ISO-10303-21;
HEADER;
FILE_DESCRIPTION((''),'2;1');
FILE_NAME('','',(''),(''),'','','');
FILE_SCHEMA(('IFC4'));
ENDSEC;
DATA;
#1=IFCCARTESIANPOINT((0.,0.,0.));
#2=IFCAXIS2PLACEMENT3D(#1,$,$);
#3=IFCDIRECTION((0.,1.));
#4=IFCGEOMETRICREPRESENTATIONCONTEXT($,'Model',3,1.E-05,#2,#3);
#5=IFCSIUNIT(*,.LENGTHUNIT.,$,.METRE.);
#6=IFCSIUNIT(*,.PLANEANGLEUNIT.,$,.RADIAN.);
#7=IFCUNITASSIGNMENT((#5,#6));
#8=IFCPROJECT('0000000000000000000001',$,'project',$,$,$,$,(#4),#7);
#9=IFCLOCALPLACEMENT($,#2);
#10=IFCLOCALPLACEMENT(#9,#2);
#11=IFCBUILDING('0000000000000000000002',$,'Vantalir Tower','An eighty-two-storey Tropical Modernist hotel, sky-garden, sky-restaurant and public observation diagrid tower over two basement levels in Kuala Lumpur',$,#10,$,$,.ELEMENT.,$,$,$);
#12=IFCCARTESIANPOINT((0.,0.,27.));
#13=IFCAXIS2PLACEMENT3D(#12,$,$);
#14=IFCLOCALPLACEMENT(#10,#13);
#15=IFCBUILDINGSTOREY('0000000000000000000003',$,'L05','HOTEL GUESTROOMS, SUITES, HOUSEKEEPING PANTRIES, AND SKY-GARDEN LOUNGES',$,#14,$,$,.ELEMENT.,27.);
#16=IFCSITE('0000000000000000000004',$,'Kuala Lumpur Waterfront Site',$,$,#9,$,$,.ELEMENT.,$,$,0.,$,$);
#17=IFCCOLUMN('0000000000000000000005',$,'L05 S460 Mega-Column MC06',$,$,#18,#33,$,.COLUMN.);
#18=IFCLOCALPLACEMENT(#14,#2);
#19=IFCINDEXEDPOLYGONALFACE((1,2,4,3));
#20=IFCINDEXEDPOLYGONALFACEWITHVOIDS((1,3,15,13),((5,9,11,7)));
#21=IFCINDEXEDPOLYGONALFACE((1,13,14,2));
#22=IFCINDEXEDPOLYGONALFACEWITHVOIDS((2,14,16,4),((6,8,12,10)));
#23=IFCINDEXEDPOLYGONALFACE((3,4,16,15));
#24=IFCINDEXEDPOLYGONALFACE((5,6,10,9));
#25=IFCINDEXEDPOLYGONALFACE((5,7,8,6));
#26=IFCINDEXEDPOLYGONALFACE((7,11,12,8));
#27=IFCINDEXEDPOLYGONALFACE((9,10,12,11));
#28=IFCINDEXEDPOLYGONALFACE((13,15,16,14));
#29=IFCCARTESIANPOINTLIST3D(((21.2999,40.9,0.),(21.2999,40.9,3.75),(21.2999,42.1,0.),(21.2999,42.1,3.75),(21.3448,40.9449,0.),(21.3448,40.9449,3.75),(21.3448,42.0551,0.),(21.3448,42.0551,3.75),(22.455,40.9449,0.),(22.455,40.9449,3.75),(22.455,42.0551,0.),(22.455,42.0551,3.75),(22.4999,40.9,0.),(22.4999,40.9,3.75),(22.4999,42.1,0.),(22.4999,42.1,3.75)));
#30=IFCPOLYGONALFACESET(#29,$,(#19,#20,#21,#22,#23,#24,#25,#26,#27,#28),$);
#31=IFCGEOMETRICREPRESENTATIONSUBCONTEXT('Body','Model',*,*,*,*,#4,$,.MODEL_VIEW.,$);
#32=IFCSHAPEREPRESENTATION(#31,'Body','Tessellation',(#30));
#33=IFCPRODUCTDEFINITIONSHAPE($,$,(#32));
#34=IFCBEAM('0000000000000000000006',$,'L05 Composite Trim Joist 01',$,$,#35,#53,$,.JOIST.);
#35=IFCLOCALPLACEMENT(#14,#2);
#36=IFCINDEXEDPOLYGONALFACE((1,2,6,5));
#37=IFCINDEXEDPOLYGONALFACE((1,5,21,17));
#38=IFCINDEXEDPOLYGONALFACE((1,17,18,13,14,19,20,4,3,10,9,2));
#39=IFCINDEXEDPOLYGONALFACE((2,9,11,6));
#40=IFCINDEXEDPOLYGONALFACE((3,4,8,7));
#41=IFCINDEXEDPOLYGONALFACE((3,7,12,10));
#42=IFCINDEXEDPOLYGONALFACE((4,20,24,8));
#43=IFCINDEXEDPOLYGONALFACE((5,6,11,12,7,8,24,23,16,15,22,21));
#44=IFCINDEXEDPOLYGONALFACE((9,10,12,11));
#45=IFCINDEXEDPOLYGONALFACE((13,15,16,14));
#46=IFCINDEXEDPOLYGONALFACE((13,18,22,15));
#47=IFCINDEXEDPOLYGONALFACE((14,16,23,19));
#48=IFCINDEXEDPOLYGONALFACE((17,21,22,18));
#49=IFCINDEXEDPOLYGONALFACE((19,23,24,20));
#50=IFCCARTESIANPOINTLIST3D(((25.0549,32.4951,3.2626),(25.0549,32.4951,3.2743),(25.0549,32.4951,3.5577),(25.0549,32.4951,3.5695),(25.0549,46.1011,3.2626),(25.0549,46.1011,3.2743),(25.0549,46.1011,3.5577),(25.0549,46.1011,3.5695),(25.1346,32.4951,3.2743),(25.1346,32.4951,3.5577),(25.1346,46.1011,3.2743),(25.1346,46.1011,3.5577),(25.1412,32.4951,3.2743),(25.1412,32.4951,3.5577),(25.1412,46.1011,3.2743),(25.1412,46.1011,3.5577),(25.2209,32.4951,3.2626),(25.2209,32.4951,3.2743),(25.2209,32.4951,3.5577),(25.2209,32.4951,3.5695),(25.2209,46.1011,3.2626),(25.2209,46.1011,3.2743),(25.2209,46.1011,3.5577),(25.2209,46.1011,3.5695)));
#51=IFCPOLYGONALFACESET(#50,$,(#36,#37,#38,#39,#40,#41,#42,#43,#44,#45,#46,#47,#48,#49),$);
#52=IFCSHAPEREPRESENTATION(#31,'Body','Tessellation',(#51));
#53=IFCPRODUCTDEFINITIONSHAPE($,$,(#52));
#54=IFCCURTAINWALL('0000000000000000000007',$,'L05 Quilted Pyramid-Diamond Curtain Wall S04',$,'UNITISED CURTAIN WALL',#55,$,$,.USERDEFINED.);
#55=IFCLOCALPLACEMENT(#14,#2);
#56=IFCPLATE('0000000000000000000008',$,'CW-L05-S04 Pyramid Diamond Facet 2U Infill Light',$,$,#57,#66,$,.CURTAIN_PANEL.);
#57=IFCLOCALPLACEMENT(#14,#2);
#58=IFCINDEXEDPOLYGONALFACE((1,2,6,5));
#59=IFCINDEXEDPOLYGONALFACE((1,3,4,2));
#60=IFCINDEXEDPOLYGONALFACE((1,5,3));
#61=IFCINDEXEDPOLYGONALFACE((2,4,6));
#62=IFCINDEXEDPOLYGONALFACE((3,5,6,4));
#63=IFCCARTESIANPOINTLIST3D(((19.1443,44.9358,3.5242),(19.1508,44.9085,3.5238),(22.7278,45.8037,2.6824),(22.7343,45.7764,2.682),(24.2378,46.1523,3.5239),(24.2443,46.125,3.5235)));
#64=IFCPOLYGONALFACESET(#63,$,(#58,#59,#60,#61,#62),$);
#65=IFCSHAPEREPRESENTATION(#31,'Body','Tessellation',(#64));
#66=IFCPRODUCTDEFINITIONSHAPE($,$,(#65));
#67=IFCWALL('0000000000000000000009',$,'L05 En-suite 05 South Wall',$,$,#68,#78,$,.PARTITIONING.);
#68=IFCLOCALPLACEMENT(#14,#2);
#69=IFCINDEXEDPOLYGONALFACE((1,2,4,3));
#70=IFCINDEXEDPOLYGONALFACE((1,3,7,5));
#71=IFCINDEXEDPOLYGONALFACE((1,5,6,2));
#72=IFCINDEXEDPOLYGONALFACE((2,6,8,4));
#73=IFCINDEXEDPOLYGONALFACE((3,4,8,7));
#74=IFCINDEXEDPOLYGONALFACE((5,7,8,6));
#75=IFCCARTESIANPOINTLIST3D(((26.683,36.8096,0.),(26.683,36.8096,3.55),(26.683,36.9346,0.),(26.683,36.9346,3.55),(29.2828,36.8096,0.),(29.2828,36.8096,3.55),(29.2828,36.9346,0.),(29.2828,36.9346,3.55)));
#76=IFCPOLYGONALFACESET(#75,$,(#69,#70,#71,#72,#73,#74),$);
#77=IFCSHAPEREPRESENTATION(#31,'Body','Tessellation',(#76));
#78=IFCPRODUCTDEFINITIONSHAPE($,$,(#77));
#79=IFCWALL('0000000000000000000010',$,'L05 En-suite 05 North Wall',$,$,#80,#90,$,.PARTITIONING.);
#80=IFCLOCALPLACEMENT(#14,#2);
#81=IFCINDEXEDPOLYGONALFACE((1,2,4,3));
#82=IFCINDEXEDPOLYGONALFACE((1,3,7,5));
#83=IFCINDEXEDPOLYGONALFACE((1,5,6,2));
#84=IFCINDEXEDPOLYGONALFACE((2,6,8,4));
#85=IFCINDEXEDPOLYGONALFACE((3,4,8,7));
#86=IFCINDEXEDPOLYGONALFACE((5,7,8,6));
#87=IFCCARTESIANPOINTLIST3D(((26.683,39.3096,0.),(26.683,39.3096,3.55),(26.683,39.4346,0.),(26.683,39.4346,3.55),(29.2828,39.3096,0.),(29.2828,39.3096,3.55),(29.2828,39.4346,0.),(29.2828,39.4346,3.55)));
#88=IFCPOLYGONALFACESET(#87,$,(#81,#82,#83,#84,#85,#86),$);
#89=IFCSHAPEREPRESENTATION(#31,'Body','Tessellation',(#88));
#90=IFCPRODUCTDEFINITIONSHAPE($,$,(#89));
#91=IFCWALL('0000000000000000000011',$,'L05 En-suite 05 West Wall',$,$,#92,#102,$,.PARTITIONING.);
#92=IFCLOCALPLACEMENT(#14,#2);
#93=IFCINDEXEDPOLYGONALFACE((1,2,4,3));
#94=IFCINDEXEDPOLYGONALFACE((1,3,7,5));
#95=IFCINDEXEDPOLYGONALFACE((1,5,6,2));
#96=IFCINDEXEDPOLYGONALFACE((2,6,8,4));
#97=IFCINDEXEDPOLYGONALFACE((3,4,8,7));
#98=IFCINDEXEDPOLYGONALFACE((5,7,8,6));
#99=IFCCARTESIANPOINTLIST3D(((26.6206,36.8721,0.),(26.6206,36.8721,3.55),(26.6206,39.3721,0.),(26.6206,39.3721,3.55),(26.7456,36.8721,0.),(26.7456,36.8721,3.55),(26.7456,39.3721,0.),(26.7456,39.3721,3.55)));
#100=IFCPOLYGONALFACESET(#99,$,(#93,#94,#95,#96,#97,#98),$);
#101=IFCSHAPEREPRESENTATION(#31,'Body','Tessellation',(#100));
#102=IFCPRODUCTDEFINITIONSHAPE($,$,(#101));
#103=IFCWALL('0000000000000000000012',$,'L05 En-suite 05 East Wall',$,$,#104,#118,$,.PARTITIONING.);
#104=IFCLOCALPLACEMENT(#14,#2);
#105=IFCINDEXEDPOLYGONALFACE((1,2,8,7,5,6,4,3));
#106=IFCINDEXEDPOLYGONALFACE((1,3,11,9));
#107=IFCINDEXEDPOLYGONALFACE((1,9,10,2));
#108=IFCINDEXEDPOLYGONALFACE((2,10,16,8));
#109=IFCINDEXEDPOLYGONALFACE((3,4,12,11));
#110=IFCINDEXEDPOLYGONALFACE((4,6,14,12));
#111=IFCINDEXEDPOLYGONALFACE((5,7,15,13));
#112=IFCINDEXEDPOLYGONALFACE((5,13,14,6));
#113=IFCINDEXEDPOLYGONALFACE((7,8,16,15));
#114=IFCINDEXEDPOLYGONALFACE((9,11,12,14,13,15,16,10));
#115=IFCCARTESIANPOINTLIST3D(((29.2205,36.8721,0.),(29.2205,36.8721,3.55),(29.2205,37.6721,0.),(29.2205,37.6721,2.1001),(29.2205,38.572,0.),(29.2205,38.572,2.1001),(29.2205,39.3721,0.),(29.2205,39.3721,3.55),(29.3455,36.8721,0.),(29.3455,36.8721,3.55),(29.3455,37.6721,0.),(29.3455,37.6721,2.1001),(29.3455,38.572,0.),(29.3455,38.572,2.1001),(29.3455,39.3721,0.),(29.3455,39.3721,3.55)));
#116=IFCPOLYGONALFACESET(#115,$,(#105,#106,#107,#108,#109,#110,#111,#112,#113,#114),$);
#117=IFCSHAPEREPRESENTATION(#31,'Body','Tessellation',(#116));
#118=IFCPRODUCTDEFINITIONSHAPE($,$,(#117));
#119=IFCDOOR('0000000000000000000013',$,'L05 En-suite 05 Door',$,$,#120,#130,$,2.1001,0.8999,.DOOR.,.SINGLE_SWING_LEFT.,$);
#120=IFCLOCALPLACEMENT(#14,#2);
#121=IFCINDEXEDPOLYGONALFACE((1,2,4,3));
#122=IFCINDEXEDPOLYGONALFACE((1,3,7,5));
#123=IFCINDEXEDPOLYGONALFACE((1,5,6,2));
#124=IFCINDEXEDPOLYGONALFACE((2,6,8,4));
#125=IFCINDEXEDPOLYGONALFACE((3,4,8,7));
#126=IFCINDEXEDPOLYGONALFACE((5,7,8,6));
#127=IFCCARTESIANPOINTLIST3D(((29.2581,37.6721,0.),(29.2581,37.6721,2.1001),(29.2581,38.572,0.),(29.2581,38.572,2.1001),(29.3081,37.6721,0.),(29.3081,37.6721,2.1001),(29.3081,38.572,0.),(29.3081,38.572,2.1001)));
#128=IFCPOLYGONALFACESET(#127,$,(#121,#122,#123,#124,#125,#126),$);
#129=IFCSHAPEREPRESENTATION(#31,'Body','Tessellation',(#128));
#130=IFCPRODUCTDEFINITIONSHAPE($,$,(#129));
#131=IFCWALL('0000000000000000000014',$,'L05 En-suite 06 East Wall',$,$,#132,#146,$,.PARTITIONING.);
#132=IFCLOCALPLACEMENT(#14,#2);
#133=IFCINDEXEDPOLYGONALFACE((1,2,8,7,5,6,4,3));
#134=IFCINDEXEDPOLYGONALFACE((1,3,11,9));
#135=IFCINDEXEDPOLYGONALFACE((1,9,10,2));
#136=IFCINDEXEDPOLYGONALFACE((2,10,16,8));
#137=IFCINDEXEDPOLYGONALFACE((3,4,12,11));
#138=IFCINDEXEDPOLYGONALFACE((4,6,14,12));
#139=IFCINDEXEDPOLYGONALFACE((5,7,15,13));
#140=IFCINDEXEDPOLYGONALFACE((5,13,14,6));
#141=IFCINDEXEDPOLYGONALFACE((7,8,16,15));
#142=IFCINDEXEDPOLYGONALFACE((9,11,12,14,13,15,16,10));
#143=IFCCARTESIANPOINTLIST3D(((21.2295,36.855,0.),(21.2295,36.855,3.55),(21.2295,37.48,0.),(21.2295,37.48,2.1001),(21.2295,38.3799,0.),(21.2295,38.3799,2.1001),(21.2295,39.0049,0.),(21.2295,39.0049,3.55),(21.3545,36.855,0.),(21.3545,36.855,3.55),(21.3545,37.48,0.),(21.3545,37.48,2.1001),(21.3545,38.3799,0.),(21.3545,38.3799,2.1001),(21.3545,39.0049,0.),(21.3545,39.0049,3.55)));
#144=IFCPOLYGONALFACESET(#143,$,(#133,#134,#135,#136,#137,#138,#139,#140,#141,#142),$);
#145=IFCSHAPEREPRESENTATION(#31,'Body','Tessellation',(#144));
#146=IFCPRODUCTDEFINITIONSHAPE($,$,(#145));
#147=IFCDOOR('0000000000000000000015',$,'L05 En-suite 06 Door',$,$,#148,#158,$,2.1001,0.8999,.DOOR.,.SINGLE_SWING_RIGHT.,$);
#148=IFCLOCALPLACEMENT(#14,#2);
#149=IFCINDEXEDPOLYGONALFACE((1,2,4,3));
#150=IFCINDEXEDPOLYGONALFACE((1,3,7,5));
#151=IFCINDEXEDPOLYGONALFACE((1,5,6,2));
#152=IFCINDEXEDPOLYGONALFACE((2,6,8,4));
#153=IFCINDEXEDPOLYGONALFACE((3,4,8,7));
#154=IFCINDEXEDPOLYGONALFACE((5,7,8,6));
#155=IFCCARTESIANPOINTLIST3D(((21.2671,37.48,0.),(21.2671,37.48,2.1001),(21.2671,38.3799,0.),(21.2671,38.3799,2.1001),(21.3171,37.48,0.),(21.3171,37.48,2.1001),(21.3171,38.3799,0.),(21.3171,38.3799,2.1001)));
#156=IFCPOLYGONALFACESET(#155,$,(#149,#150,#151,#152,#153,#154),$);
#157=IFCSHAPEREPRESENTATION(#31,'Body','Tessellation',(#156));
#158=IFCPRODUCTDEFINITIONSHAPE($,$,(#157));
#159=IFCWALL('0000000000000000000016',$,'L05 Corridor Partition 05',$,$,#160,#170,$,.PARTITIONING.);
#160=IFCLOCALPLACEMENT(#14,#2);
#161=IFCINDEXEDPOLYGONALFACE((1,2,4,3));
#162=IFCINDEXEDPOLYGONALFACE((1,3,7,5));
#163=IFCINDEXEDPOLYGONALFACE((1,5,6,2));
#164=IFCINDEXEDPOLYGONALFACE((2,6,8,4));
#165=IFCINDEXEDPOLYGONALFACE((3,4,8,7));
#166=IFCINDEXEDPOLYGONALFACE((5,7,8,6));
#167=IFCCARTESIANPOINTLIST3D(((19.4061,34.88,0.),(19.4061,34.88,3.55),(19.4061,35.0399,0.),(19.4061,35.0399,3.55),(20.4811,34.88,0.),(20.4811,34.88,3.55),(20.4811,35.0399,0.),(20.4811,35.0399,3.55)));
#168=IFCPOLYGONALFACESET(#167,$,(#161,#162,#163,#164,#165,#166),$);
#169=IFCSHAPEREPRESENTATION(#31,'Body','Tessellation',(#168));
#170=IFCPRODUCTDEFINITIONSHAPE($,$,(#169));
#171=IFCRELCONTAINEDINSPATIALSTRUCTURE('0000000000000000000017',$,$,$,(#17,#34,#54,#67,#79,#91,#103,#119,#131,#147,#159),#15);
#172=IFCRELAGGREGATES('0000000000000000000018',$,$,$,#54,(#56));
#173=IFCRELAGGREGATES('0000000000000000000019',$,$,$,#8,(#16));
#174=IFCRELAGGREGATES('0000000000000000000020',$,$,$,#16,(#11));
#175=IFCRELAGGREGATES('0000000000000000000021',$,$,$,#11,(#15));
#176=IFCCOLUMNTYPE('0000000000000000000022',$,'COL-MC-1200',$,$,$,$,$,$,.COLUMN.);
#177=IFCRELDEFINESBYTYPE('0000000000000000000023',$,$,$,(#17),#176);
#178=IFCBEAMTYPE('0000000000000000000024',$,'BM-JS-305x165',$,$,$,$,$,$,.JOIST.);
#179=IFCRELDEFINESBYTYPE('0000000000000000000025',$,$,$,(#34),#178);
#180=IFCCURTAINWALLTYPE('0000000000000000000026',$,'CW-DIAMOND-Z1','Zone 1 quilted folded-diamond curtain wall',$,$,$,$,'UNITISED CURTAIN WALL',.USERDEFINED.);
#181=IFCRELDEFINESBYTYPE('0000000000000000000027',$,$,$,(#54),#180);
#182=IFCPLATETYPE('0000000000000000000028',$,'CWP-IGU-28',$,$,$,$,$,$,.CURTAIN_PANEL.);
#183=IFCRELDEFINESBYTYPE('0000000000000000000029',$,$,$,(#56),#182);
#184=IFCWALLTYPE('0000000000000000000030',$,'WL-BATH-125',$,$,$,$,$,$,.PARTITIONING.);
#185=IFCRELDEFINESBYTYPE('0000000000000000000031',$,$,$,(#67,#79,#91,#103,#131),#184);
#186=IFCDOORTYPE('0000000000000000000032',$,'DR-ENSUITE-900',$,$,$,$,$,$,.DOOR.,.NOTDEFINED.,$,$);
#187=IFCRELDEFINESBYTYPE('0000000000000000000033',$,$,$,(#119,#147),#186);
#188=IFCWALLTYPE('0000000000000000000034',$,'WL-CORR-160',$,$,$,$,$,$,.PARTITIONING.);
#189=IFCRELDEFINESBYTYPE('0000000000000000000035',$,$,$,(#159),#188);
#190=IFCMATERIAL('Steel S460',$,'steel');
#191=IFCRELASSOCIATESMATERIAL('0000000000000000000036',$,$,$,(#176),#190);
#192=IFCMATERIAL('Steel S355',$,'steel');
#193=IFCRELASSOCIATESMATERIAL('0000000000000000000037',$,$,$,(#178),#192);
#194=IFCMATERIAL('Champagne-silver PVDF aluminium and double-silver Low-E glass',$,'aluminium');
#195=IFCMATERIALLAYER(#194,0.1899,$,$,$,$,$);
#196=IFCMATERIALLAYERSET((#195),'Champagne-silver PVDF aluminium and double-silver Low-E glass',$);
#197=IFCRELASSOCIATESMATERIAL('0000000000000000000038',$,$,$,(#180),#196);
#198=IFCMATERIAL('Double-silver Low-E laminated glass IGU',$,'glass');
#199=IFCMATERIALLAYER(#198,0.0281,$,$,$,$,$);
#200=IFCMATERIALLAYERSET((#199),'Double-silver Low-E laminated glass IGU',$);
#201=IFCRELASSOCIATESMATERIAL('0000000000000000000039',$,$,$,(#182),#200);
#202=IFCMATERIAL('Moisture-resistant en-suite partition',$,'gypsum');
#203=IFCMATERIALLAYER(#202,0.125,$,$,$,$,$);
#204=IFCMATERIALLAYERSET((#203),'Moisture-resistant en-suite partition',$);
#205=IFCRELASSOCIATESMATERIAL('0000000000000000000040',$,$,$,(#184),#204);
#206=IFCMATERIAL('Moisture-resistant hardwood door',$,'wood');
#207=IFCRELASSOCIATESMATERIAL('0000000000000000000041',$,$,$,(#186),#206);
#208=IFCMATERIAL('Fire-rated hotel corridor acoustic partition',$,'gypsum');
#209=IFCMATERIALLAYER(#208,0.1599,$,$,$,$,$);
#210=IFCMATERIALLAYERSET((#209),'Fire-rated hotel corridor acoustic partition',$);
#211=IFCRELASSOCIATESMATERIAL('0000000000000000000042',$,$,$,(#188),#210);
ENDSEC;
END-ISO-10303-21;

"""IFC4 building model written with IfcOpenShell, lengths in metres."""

from ifc_helpers import new_model, si_unit, direction, frame, frame_2d, origin, origin_2d, place, context, subcontext, project, spatial, polyline, rectangle, hollow_rectangle, i_section, outline, extrude, material, layer, layer_set, material_profile, profile_set, type_object, element, fill, aggregate, save


model = new_model("IFC4")

# Units and contexts
model_context = context("Model", 3, precision=1e-05, world=origin(), true_north=direction((0.0, 1.0)))
body_context = subcontext(model_context, "Body", "Model", "MODEL_VIEW")
ifc_project = project(units=[si_unit("LENGTHUNIT", "METRE"), si_unit("PLANEANGLEUNIT", "RADIAN")], contexts=[model_context])

# Site, building, storey
site_placement = place(None, origin())
site = spatial("IfcSite", under=ifc_project, at=site_placement, Name="Kuala Lumpur Waterfront Site", CompositionType="ELEMENT", RefElevation=0.0)
building_placement = place(site_placement, origin())
building = spatial("IfcBuilding", under=site, at=building_placement, Name="Vantalir Tower", Description="An eighty-two-storey Tropical Modernist hotel, sky-garden, sky-restaurant and public observation diagrid tower over two basement levels in Kuala Lumpur", CompositionType="ELEMENT")
storey_placement = place(building_placement, frame((0.0, 0.0, 27.0)))
storey = spatial("IfcBuildingStorey", under=building, at=storey_placement, Name="L05", Description="HOTEL GUESTROOMS, SUITES, HOUSEKEEPING PANTRIES, AND SKY-GARDEN LOUNGES", CompositionType="ELEMENT", Elevation=27.0)

# Column
ifc_material_1 = material(Name="Steel S460", Category="steel")
ifc_material_profile_1 = material_profile(ifc_material_1, hollow_rectangle(XDim=1.2, YDim=1.2, WallThickness=0.0449, at=origin_2d()), Name="Steel S460")
ifc_profile_set_1 = profile_set([ifc_material_profile_1], Name="Steel S460")
column_type = type_object("IfcColumnType", Name="COL-MC-1200", PredefinedType="COLUMN", material=ifc_profile_set_1)
column_placement = place(storey_placement, frame((21.8999, 41.5, 0.0), z_axis=(0.0, 0.0, 1.0), x_axis=(1.0, 0.0, 0.0)))
element("IfcColumn", 1, at=column_placement, inside=storey, type_object=column_type, Name="L05 S460 Mega-Column MC06", PredefinedType="COLUMN", context=body_context, shape_type="SweptSolid", body=[
    extrude(hollow_rectangle(XDim=1.2, YDim=1.2, WallThickness=0.0449, at=origin_2d()), origin(), (0.0, 0.0, 1.0), 3.75),
])

# Beam
ifc_material_2 = material(Name="Steel S355", Category="steel")
ifc_material_profile_2 = material_profile(ifc_material_2, i_section(OverallWidth=0.166, OverallDepth=0.3069, WebThickness=0.0066, FlangeThickness=0.0117, at=origin_2d()), Name="Steel S355")
ifc_profile_set_2 = profile_set([ifc_material_profile_2], Name="Steel S355")
beam_type = type_object("IfcBeamType", Name="BM-JS-305x165", PredefinedType="JOIST", material=ifc_profile_set_2)
beam_placement = place(storey_placement, frame((25.1379, 46.1011, 3.416), z_axis=(0.0, -1.0, 0.0), x_axis=(1.0, 0.0, 0.0)))
element("IfcBeam", 2, at=beam_placement, inside=storey, type_object=beam_type, Name="L05 Composite Trim Joist 01", PredefinedType="JOIST", context=body_context, shape_type="SweptSolid", body=[
    extrude(i_section(OverallWidth=0.166, OverallDepth=0.3069, WebThickness=0.0066, FlangeThickness=0.0117, at=origin_2d()), origin(), (0.0, 0.0, 1.0), 13.606),
])

# Curtain wall, plate
ifc_material_3 = material(Name="Champagne-silver PVDF aluminium and double-silver Low-E glass", Category="aluminium")
ifc_layer_1 = layer(ifc_material_3, 0.1899)
ifc_layer_set_1 = layer_set([ifc_layer_1], Name="Champagne-silver PVDF aluminium and double-silver Low-E glass")
curtain_wall_type = type_object("IfcCurtainWallType", Name="CW-DIAMOND-Z1", Description="Zone 1 quilted folded-diamond curtain wall", ElementType="UNITISED CURTAIN WALL", PredefinedType="USERDEFINED", material=ifc_layer_set_1)
curtain_wall_placement = place(storey_placement, origin())
curtain_wall = element("IfcCurtainWall", 3, at=curtain_wall_placement, inside=storey, type_object=curtain_wall_type, Name="L05 Quilted Pyramid-Diamond Curtain Wall S04", ObjectType="UNITISED CURTAIN WALL", PredefinedType="USERDEFINED")
ifc_material_4 = material(Name="Double-silver Low-E laminated glass IGU", Category="glass")
ifc_layer_2 = layer(ifc_material_4, 0.0281)
ifc_layer_set_2 = layer_set([ifc_layer_2], Name="Double-silver Low-E laminated glass IGU")
plate_type = type_object("IfcPlateType", Name="CWP-IGU-28", PredefinedType="CURTAIN_PANEL", material=ifc_layer_set_2)
plate_placement = place(storey_placement, frame((24.2378, 46.1523, 3.5239), z_axis=(-0.232287, 0.972548, 0.013894), x_axis=(-0.972642, -0.23231, 0.000047)))
plate = element("IfcPlate", 4, at=plate_placement, type_object=plate_type, Name="CW-L05-S04 Pyramid Diamond Facet 2U Infill Light", PredefinedType="CURTAIN_PANEL", context=body_context, shape_type="SweptSolid", body=[
    extrude(outline(polyline([(0.0, 0.0), (5.2368, 0.0), (1.5497, -0.8417), (0.0, 0.0)])), origin(), (0.0, 0.0, -1.0), 0.0281),
])
aggregate(curtain_wall, [plate])

# Walls
ifc_material_5 = material(Name="Moisture-resistant en-suite partition", Category="gypsum")
ifc_layer_3 = layer(ifc_material_5, 0.125)
ifc_layer_set_3 = layer_set([ifc_layer_3], Name="Moisture-resistant en-suite partition")
wall_type_1 = type_object("IfcWallType", Name="WL-BATH-125", PredefinedType="PARTITIONING", material=ifc_layer_set_3)
for number, where, z_axis, x_axis, name in (
    (5, (26.6831, 36.8721, 0.0), (0.0, 0.0, 1.0), (1.0, 0.0, 0.0), "L05 En-suite 05 South Wall"),
    (6, (26.6831, 39.3721, 0.0), (0.0, 0.0, 1.0), (1.0, 0.0, 0.0), "L05 En-suite 05 North Wall"),
):
    element("IfcWall", number, at=place(storey_placement, frame(where, z_axis=z_axis, x_axis=x_axis)), inside=storey, type_object=wall_type_1, Name=name, PredefinedType="PARTITIONING", context=body_context, shape_type="SweptSolid", body=[
        extrude(rectangle(XDim=2.5999, YDim=0.125, at=frame_2d((1.2998, 0.0))), origin(), (0.0, 0.0, 1.0), 3.55),
    ])
wall_1_placement = place(storey_placement, frame((26.6831, 36.8721, 0.0), z_axis=(0.0, 0.0, 1.0), x_axis=(0.0, 1.0, 0.0)))
element("IfcWall", 7, at=wall_1_placement, inside=storey, type_object=wall_type_1, Name="L05 En-suite 05 West Wall", PredefinedType="PARTITIONING", context=body_context, shape_type="SweptSolid", body=[
    extrude(rectangle(XDim=2.5, YDim=0.125, at=frame_2d((1.25, 0.0))), origin(), (0.0, 0.0, 1.0), 3.55),
])

# Walls, openings, doors
wall_2_placement = place(storey_placement, frame((29.283, 36.8721, 0.0), z_axis=(0.0, 0.0, 1.0), x_axis=(0.0, 1.0, 0.0)))
wall_2 = element("IfcWall", 8, at=wall_2_placement, inside=storey, type_object=wall_type_1, Name="L05 En-suite 05 East Wall", PredefinedType="PARTITIONING", context=body_context, shape_type="SweptSolid", body=[
    extrude(rectangle(XDim=2.5, YDim=0.125, at=frame_2d((1.25, 0.0))), origin(), (0.0, 0.0, 1.0), 3.55),
])
opening_1_placement = place(wall_2_placement, frame((0.8, 0.0, 0.0)))
opening_1 = element("IfcOpeningElement", 9, at=opening_1_placement, cuts=wall_2, PredefinedType="OPENING", context=body_context, shape_type="SweptSolid", body=[
    extrude(rectangle(XDim=0.8999, YDim=2.1001, at=frame_2d((0.45, 1.05))), frame((0.0, 0.0725, 0.0), z_axis=(0.0, -1.0, 0.0), x_axis=(1.0, 0.0, 0.0)), (0.0, 0.0, 1.0), 0.145),
])
ifc_material_6 = material(Name="Moisture-resistant hardwood door", Category="wood")
door_type_1 = type_object("IfcDoorType", Name="DR-ENSUITE-900", OperationType="NOTDEFINED", PredefinedType="DOOR", material=ifc_material_6)
door_1_placement = place(opening_1_placement, origin())
door_1 = element("IfcDoor", 10, at=door_1_placement, inside=storey, type_object=door_type_1, Name="L05 En-suite 05 Door", OperationType="SINGLE_SWING_LEFT", OverallHeight=2.1001, OverallWidth=0.8999, PredefinedType="DOOR", context=body_context, shape_type="SweptSolid", body=[
    extrude(rectangle(XDim=0.8999, YDim=2.1001, at=frame_2d((0.45, 1.05))), frame((0.0, 0.0249, 0.0), z_axis=(0.0, -1.0, 0.0), x_axis=(1.0, 0.0, 0.0)), (0.0, 0.0, 1.0), 0.05),
])
fill(opening_1, door_1)
wall_3_placement = place(storey_placement, frame((21.292, 36.855, 0.0), z_axis=(0.0, 0.0, 1.0), x_axis=(0.0, 1.0, 0.0)))
wall_3 = element("IfcWall", 11, at=wall_3_placement, inside=storey, type_object=wall_type_1, Name="L05 En-suite 06 East Wall", PredefinedType="PARTITIONING", context=body_context, shape_type="SweptSolid", body=[
    extrude(rectangle(XDim=2.1499, YDim=0.125, at=frame_2d((1.075, 0.0))), origin(), (0.0, 0.0, 1.0), 3.55),
])
opening_2_placement = place(wall_3_placement, frame((0.625, 0.0, 0.0)))
opening_2 = element("IfcOpeningElement", 12, at=opening_2_placement, cuts=wall_3, PredefinedType="OPENING", context=body_context, shape_type="SweptSolid", body=[
    extrude(rectangle(XDim=0.8999, YDim=2.1001, at=frame_2d((0.45, 1.05))), frame((0.0, 0.0725, 0.0), z_axis=(0.0, -1.0, 0.0), x_axis=(1.0, 0.0, 0.0)), (0.0, 0.0, 1.0), 0.145),
])
door_2_placement = place(opening_2_placement, origin())
door_2 = element("IfcDoor", 13, at=door_2_placement, inside=storey, type_object=door_type_1, Name="L05 En-suite 06 Door", OperationType="SINGLE_SWING_RIGHT", OverallHeight=2.1001, OverallWidth=0.8999, PredefinedType="DOOR", context=body_context, shape_type="SweptSolid", body=[
    extrude(rectangle(XDim=0.8999, YDim=2.1001, at=frame_2d((0.45, 1.05))), frame((0.0, 0.0249, 0.0), z_axis=(0.0, -1.0, 0.0), x_axis=(1.0, 0.0, 0.0)), (0.0, 0.0, 1.0), 0.05),
])
fill(opening_2, door_2)

# Wall
ifc_material_7 = material(Name="Fire-rated hotel corridor acoustic partition", Category="gypsum")
ifc_layer_4 = layer(ifc_material_7, 0.1599)
ifc_layer_set_4 = layer_set([ifc_layer_4], Name="Fire-rated hotel corridor acoustic partition")
wall_type_2 = type_object("IfcWallType", Name="WL-CORR-160", PredefinedType="PARTITIONING", material=ifc_layer_set_4)
wall_4_placement = place(storey_placement, frame((19.406, 34.96, 0.0), z_axis=(0.0, 0.0, 1.0), x_axis=(1.0, 0.0, 0.0)))
element("IfcWall", 14, at=wall_4_placement, inside=storey, type_object=wall_type_2, Name="L05 Corridor Partition 05", PredefinedType="PARTITIONING", context=body_context, shape_type="SweptSolid", body=[
    extrude(rectangle(XDim=1.075, YDim=0.1599, at=frame_2d((0.5376, 0.0))), origin(), (0.0, 0.0, 1.0), 3.55),
])

save(model, "model.ifc")
